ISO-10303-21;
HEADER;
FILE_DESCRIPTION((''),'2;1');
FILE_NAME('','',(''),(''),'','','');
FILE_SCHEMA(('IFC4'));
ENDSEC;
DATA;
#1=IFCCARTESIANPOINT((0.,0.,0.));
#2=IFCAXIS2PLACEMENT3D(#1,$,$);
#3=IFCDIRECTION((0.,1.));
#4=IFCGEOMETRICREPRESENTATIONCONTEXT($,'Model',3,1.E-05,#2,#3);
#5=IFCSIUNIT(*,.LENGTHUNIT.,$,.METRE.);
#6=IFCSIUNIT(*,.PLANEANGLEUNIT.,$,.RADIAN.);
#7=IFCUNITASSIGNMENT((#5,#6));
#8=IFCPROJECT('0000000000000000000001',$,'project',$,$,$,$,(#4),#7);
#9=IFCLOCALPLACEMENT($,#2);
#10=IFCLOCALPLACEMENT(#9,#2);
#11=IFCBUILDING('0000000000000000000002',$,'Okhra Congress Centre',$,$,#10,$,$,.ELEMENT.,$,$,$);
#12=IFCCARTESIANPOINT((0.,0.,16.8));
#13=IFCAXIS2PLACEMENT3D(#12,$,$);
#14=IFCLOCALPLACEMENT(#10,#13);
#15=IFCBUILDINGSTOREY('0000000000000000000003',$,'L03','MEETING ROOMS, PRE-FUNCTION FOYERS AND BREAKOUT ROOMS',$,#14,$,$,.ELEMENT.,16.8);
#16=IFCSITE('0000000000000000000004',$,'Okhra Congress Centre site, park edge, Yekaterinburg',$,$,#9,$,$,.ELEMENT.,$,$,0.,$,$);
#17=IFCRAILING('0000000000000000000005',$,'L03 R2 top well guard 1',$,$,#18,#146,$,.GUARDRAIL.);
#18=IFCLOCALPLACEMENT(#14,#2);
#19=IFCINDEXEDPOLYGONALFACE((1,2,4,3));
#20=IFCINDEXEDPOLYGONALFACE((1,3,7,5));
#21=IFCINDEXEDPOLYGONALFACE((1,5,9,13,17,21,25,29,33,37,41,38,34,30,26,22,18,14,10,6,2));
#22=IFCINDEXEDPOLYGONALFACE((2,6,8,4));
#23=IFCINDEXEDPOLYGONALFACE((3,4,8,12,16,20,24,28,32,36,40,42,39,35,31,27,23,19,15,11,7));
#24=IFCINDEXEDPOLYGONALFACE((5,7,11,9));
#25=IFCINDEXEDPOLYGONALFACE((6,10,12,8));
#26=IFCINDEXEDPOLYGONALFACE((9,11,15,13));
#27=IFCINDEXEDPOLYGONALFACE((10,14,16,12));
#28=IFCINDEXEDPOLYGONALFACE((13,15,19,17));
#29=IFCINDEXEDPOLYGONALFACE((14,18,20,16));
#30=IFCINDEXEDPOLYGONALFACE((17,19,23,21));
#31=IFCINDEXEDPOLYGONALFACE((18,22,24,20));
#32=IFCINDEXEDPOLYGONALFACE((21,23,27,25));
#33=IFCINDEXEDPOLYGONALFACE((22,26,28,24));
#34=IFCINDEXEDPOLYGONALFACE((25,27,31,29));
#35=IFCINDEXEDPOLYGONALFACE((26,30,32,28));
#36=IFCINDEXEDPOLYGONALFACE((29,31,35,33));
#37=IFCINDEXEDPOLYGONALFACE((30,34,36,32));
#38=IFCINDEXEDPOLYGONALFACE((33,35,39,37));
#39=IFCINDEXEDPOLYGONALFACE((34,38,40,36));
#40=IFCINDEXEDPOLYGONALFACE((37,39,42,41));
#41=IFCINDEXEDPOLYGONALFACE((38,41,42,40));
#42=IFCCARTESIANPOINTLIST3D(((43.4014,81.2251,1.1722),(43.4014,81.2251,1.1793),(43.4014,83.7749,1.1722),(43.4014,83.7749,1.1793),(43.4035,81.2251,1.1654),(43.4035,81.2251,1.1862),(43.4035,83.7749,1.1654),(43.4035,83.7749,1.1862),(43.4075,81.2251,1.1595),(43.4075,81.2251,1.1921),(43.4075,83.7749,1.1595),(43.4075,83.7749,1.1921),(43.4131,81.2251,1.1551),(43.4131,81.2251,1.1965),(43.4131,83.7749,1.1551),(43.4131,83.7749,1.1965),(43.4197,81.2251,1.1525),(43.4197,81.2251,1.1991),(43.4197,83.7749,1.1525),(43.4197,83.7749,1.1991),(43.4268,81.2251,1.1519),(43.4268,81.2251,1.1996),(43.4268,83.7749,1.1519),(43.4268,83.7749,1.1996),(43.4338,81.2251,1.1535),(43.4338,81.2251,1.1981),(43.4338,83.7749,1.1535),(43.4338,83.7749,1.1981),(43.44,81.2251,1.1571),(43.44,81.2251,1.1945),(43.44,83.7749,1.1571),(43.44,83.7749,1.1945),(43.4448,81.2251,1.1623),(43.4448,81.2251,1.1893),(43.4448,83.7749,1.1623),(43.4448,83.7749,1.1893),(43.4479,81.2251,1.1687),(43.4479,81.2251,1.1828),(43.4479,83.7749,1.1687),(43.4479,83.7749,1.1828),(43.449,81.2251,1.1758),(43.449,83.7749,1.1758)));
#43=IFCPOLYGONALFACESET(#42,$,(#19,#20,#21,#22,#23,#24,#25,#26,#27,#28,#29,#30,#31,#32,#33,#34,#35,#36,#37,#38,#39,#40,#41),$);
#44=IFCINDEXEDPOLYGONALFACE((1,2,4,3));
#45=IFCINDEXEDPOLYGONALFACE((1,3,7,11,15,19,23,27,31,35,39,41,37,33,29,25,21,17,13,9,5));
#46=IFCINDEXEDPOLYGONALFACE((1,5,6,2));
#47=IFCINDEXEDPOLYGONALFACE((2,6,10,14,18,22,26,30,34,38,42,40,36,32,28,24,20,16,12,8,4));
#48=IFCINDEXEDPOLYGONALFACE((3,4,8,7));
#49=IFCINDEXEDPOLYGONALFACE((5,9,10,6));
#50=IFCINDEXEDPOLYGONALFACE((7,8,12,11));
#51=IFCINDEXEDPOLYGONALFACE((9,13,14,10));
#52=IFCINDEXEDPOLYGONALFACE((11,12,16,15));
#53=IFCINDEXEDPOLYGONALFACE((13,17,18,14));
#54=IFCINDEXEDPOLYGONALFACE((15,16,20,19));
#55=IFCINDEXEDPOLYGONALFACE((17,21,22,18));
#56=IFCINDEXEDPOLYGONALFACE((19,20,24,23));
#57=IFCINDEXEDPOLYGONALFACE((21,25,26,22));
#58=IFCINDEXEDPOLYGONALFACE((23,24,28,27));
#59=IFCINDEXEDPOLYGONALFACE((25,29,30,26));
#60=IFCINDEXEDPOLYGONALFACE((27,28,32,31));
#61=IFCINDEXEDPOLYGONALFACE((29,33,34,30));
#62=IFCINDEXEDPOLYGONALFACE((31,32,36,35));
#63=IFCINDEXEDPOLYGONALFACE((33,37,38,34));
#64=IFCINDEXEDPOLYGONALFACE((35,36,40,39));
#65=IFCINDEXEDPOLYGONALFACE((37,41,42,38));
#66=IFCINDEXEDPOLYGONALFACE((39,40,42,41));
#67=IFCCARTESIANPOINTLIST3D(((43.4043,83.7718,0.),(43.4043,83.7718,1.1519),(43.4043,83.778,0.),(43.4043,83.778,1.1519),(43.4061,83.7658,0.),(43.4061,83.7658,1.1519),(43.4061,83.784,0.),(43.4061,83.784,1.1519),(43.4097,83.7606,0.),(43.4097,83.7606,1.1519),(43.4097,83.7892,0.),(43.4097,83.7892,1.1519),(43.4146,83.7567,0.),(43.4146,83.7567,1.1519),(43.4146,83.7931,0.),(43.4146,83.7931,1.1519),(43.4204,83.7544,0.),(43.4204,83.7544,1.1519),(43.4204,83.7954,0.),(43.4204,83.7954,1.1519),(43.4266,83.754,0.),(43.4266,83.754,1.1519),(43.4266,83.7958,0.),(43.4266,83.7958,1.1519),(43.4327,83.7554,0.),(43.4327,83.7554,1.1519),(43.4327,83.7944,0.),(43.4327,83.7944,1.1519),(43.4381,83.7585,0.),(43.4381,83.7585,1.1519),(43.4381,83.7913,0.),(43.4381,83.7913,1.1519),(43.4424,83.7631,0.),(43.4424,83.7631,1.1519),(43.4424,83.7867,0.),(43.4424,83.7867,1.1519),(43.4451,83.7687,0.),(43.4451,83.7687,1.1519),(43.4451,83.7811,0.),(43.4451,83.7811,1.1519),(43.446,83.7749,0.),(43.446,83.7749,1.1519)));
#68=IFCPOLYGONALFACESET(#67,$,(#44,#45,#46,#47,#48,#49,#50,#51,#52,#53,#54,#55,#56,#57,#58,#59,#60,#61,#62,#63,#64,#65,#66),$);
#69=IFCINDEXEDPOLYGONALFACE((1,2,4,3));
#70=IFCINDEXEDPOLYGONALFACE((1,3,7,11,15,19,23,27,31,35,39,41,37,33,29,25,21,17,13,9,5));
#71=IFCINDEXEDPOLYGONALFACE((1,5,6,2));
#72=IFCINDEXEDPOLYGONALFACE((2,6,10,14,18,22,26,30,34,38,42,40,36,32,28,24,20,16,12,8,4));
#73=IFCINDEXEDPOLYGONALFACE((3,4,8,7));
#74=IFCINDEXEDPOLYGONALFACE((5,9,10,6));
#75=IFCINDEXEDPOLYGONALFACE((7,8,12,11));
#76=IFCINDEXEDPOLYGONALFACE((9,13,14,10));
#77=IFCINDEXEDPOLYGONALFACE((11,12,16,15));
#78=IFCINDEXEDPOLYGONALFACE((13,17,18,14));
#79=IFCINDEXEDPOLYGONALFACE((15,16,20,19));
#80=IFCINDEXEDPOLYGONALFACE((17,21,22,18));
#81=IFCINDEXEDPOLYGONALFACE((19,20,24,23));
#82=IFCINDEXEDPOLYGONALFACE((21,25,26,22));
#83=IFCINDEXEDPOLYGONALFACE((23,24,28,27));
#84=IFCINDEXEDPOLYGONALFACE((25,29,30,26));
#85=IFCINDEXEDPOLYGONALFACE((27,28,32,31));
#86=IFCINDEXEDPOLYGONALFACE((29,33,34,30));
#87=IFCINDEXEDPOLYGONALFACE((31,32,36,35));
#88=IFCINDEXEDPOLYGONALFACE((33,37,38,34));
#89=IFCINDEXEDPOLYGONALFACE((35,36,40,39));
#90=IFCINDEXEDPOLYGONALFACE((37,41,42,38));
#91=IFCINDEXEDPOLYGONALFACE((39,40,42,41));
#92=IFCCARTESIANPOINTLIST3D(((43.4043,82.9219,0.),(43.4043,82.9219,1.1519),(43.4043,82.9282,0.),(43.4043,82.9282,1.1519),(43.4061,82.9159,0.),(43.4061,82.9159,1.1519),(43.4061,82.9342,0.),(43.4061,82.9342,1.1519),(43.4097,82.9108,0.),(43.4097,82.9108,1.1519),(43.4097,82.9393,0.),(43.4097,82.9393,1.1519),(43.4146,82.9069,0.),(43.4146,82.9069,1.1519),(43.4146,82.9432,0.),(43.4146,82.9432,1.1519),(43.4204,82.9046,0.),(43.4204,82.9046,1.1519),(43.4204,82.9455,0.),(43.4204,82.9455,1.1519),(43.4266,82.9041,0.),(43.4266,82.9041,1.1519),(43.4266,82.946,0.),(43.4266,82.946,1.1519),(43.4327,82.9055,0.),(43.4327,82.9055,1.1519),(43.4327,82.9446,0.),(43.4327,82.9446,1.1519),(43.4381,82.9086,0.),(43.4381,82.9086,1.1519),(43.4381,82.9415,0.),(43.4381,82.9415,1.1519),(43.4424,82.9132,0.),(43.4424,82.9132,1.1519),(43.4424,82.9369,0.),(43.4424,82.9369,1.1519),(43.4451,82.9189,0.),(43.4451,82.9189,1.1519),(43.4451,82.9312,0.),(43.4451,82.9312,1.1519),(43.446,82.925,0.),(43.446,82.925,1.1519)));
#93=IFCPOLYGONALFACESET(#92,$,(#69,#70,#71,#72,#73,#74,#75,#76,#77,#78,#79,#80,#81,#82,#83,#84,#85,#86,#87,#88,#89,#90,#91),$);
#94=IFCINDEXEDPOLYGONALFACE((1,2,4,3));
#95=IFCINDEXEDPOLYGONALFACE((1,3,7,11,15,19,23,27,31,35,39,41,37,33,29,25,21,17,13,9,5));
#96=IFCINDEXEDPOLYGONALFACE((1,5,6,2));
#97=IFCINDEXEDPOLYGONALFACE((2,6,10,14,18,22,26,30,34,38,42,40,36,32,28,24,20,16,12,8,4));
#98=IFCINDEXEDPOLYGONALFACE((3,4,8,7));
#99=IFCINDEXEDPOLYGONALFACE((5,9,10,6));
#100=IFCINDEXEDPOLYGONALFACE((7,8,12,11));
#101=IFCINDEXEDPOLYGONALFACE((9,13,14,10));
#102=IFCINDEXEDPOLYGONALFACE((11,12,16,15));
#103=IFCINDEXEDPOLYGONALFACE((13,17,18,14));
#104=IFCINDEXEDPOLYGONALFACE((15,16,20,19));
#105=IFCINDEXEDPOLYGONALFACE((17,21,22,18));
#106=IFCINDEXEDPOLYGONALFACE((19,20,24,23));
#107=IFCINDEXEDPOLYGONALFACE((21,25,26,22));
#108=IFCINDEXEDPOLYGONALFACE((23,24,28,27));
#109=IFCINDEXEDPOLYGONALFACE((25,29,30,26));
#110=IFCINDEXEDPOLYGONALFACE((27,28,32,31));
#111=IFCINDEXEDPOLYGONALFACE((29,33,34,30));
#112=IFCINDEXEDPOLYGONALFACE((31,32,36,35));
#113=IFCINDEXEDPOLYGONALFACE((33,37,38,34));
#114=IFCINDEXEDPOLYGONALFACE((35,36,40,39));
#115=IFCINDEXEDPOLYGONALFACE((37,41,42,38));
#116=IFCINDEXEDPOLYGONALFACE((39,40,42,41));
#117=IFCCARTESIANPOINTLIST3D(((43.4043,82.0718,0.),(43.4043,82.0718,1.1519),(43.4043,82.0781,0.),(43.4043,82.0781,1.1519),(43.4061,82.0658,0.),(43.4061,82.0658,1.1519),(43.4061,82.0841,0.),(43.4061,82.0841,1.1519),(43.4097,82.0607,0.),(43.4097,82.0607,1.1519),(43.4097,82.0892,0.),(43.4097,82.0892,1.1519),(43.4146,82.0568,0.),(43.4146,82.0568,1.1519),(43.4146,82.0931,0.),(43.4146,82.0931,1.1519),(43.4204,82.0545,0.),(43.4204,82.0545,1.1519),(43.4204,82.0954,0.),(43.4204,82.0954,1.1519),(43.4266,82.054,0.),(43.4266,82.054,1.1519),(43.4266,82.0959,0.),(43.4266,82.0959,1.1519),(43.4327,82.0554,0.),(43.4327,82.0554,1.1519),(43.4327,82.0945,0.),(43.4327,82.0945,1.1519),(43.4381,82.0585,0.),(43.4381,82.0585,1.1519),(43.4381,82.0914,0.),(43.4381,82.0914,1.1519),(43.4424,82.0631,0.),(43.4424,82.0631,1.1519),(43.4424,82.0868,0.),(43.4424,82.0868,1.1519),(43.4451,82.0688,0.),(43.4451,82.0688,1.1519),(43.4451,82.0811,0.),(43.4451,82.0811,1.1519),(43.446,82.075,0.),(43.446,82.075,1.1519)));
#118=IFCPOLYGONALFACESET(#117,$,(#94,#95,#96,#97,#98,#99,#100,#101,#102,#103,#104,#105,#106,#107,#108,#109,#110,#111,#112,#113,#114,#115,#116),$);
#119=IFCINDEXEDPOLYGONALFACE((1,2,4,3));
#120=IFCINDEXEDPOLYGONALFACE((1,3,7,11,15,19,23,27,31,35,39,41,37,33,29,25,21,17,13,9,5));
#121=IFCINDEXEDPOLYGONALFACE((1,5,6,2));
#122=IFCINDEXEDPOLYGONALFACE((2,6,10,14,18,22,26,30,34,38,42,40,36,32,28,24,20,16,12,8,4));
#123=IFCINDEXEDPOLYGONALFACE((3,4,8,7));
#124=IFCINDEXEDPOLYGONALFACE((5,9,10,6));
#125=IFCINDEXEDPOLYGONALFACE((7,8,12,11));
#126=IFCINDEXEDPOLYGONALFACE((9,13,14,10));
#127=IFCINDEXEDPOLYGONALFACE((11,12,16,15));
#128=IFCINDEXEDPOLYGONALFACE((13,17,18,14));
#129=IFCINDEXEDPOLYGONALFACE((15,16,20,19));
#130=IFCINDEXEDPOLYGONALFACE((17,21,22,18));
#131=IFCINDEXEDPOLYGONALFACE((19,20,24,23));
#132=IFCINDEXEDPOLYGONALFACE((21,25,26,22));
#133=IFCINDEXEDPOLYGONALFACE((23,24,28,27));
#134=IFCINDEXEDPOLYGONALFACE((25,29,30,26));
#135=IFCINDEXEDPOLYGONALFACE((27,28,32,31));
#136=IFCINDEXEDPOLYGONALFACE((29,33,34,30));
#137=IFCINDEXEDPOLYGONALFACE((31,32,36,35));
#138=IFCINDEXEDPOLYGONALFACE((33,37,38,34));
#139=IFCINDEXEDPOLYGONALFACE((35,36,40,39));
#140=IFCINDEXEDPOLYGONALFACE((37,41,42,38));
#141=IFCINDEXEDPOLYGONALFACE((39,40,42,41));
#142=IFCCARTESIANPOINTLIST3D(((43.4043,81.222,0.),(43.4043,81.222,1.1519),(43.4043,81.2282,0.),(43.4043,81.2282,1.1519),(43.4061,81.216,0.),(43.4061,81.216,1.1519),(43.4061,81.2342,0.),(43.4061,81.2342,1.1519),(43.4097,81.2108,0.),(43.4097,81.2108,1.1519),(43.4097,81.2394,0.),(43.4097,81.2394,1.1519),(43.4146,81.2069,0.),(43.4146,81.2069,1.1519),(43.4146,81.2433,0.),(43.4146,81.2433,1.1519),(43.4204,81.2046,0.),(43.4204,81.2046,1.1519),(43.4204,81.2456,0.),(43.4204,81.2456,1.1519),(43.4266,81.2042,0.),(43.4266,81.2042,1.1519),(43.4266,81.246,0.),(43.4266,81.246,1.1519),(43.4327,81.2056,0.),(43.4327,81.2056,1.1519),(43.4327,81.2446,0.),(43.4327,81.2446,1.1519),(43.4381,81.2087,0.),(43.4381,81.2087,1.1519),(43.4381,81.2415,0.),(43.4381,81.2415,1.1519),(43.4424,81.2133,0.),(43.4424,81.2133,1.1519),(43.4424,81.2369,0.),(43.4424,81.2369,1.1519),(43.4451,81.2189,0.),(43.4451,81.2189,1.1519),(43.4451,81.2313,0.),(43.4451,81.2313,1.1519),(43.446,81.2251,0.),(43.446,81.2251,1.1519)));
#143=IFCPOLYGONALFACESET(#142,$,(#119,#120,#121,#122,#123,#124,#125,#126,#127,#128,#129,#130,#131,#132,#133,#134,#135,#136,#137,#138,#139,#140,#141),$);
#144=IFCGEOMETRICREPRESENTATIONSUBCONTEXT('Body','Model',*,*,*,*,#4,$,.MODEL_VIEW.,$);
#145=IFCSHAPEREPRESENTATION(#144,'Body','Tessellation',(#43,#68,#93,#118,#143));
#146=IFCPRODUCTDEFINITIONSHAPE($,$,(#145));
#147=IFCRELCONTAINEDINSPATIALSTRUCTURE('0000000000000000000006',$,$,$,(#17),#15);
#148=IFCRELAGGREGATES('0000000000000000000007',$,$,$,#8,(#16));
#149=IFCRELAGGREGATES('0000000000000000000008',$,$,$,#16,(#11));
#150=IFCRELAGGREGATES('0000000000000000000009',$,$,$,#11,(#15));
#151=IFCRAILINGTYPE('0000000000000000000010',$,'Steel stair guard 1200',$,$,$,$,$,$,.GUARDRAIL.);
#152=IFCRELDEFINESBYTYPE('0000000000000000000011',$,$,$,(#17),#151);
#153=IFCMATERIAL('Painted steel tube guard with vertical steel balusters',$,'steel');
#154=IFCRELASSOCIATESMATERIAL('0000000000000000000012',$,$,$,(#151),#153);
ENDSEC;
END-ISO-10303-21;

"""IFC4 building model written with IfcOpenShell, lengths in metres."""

from ifc_helpers import new_model, si_unit, direction, frame, origin, origin_2d, place, context, subcontext, project, spatial, circle, extrude, material, type_object, element, save


model = new_model("IFC4")

# Units and contexts
model_context = context("Model", 3, precision=1e-05, world=origin(), true_north=direction((0.0, 1.0)))
body_context = subcontext(model_context, "Body", "Model", "MODEL_VIEW")
ifc_project = project(units=[si_unit("LENGTHUNIT", "METRE"), si_unit("PLANEANGLEUNIT", "RADIAN")], contexts=[model_context])

# Site, building, storey
site_placement = place(None, origin())
site = spatial("IfcSite", under=ifc_project, at=site_placement, Name="Okhra Congress Centre site, park edge, Yekaterinburg", CompositionType="ELEMENT", RefElevation=0.0)
building_placement = place(site_placement, origin())
building = spatial("IfcBuilding", under=site, at=building_placement, Name="Okhra Congress Centre", CompositionType="ELEMENT")
storey_placement = place(building_placement, frame((0.0, 0.0, 16.8)))
storey = spatial("IfcBuildingStorey", under=building, at=storey_placement, Name="L03", Description="MEETING ROOMS, PRE-FUNCTION FOYERS AND BREAKOUT ROOMS", CompositionType="ELEMENT", Elevation=16.8)

# Railing
ifc_material_1 = material(Name="Painted steel tube guard with vertical steel balusters", Category="steel")
railing_type = type_object("IfcRailingType", Name="Steel stair guard 1200", PredefinedType="GUARDRAIL", material=ifc_material_1)
railing_placement = place(storey_placement, frame((43.425, 83.7749, 0.0)))
element("IfcRailing", 1, at=railing_placement, inside=storey, type_object=railing_type, Name="L03 R2 top well guard 1", PredefinedType="GUARDRAIL", context=body_context, shape_type="SweptSolid", body=[
    extrude(circle(Radius=0.0239, at=origin_2d()), frame((0.0, 0.0, 1.1758), z_axis=(0.0, -1.0, 0.0), x_axis=(1.0, 0.0, 0.0)), (0.0, 0.0, 1.0), 2.5498),
    extrude(circle(Radius=0.021, at=origin_2d()), origin(), (0.0, 0.0, 1.0), 1.1519),
    extrude(circle(Radius=0.021, at=origin_2d()), frame((0.0, -0.8499, 0.0)), (0.0, 0.0, 1.0), 1.1519),
    extrude(circle(Radius=0.021, at=origin_2d()), frame((0.0, -1.7, 0.0)), (0.0, 0.0, 1.0), 1.1519),
    extrude(circle(Radius=0.021, at=origin_2d()), frame((0.0, -2.5498, 0.0)), (0.0, 0.0, 1.0), 1.1519),
])

save(model, "model.ifc")
